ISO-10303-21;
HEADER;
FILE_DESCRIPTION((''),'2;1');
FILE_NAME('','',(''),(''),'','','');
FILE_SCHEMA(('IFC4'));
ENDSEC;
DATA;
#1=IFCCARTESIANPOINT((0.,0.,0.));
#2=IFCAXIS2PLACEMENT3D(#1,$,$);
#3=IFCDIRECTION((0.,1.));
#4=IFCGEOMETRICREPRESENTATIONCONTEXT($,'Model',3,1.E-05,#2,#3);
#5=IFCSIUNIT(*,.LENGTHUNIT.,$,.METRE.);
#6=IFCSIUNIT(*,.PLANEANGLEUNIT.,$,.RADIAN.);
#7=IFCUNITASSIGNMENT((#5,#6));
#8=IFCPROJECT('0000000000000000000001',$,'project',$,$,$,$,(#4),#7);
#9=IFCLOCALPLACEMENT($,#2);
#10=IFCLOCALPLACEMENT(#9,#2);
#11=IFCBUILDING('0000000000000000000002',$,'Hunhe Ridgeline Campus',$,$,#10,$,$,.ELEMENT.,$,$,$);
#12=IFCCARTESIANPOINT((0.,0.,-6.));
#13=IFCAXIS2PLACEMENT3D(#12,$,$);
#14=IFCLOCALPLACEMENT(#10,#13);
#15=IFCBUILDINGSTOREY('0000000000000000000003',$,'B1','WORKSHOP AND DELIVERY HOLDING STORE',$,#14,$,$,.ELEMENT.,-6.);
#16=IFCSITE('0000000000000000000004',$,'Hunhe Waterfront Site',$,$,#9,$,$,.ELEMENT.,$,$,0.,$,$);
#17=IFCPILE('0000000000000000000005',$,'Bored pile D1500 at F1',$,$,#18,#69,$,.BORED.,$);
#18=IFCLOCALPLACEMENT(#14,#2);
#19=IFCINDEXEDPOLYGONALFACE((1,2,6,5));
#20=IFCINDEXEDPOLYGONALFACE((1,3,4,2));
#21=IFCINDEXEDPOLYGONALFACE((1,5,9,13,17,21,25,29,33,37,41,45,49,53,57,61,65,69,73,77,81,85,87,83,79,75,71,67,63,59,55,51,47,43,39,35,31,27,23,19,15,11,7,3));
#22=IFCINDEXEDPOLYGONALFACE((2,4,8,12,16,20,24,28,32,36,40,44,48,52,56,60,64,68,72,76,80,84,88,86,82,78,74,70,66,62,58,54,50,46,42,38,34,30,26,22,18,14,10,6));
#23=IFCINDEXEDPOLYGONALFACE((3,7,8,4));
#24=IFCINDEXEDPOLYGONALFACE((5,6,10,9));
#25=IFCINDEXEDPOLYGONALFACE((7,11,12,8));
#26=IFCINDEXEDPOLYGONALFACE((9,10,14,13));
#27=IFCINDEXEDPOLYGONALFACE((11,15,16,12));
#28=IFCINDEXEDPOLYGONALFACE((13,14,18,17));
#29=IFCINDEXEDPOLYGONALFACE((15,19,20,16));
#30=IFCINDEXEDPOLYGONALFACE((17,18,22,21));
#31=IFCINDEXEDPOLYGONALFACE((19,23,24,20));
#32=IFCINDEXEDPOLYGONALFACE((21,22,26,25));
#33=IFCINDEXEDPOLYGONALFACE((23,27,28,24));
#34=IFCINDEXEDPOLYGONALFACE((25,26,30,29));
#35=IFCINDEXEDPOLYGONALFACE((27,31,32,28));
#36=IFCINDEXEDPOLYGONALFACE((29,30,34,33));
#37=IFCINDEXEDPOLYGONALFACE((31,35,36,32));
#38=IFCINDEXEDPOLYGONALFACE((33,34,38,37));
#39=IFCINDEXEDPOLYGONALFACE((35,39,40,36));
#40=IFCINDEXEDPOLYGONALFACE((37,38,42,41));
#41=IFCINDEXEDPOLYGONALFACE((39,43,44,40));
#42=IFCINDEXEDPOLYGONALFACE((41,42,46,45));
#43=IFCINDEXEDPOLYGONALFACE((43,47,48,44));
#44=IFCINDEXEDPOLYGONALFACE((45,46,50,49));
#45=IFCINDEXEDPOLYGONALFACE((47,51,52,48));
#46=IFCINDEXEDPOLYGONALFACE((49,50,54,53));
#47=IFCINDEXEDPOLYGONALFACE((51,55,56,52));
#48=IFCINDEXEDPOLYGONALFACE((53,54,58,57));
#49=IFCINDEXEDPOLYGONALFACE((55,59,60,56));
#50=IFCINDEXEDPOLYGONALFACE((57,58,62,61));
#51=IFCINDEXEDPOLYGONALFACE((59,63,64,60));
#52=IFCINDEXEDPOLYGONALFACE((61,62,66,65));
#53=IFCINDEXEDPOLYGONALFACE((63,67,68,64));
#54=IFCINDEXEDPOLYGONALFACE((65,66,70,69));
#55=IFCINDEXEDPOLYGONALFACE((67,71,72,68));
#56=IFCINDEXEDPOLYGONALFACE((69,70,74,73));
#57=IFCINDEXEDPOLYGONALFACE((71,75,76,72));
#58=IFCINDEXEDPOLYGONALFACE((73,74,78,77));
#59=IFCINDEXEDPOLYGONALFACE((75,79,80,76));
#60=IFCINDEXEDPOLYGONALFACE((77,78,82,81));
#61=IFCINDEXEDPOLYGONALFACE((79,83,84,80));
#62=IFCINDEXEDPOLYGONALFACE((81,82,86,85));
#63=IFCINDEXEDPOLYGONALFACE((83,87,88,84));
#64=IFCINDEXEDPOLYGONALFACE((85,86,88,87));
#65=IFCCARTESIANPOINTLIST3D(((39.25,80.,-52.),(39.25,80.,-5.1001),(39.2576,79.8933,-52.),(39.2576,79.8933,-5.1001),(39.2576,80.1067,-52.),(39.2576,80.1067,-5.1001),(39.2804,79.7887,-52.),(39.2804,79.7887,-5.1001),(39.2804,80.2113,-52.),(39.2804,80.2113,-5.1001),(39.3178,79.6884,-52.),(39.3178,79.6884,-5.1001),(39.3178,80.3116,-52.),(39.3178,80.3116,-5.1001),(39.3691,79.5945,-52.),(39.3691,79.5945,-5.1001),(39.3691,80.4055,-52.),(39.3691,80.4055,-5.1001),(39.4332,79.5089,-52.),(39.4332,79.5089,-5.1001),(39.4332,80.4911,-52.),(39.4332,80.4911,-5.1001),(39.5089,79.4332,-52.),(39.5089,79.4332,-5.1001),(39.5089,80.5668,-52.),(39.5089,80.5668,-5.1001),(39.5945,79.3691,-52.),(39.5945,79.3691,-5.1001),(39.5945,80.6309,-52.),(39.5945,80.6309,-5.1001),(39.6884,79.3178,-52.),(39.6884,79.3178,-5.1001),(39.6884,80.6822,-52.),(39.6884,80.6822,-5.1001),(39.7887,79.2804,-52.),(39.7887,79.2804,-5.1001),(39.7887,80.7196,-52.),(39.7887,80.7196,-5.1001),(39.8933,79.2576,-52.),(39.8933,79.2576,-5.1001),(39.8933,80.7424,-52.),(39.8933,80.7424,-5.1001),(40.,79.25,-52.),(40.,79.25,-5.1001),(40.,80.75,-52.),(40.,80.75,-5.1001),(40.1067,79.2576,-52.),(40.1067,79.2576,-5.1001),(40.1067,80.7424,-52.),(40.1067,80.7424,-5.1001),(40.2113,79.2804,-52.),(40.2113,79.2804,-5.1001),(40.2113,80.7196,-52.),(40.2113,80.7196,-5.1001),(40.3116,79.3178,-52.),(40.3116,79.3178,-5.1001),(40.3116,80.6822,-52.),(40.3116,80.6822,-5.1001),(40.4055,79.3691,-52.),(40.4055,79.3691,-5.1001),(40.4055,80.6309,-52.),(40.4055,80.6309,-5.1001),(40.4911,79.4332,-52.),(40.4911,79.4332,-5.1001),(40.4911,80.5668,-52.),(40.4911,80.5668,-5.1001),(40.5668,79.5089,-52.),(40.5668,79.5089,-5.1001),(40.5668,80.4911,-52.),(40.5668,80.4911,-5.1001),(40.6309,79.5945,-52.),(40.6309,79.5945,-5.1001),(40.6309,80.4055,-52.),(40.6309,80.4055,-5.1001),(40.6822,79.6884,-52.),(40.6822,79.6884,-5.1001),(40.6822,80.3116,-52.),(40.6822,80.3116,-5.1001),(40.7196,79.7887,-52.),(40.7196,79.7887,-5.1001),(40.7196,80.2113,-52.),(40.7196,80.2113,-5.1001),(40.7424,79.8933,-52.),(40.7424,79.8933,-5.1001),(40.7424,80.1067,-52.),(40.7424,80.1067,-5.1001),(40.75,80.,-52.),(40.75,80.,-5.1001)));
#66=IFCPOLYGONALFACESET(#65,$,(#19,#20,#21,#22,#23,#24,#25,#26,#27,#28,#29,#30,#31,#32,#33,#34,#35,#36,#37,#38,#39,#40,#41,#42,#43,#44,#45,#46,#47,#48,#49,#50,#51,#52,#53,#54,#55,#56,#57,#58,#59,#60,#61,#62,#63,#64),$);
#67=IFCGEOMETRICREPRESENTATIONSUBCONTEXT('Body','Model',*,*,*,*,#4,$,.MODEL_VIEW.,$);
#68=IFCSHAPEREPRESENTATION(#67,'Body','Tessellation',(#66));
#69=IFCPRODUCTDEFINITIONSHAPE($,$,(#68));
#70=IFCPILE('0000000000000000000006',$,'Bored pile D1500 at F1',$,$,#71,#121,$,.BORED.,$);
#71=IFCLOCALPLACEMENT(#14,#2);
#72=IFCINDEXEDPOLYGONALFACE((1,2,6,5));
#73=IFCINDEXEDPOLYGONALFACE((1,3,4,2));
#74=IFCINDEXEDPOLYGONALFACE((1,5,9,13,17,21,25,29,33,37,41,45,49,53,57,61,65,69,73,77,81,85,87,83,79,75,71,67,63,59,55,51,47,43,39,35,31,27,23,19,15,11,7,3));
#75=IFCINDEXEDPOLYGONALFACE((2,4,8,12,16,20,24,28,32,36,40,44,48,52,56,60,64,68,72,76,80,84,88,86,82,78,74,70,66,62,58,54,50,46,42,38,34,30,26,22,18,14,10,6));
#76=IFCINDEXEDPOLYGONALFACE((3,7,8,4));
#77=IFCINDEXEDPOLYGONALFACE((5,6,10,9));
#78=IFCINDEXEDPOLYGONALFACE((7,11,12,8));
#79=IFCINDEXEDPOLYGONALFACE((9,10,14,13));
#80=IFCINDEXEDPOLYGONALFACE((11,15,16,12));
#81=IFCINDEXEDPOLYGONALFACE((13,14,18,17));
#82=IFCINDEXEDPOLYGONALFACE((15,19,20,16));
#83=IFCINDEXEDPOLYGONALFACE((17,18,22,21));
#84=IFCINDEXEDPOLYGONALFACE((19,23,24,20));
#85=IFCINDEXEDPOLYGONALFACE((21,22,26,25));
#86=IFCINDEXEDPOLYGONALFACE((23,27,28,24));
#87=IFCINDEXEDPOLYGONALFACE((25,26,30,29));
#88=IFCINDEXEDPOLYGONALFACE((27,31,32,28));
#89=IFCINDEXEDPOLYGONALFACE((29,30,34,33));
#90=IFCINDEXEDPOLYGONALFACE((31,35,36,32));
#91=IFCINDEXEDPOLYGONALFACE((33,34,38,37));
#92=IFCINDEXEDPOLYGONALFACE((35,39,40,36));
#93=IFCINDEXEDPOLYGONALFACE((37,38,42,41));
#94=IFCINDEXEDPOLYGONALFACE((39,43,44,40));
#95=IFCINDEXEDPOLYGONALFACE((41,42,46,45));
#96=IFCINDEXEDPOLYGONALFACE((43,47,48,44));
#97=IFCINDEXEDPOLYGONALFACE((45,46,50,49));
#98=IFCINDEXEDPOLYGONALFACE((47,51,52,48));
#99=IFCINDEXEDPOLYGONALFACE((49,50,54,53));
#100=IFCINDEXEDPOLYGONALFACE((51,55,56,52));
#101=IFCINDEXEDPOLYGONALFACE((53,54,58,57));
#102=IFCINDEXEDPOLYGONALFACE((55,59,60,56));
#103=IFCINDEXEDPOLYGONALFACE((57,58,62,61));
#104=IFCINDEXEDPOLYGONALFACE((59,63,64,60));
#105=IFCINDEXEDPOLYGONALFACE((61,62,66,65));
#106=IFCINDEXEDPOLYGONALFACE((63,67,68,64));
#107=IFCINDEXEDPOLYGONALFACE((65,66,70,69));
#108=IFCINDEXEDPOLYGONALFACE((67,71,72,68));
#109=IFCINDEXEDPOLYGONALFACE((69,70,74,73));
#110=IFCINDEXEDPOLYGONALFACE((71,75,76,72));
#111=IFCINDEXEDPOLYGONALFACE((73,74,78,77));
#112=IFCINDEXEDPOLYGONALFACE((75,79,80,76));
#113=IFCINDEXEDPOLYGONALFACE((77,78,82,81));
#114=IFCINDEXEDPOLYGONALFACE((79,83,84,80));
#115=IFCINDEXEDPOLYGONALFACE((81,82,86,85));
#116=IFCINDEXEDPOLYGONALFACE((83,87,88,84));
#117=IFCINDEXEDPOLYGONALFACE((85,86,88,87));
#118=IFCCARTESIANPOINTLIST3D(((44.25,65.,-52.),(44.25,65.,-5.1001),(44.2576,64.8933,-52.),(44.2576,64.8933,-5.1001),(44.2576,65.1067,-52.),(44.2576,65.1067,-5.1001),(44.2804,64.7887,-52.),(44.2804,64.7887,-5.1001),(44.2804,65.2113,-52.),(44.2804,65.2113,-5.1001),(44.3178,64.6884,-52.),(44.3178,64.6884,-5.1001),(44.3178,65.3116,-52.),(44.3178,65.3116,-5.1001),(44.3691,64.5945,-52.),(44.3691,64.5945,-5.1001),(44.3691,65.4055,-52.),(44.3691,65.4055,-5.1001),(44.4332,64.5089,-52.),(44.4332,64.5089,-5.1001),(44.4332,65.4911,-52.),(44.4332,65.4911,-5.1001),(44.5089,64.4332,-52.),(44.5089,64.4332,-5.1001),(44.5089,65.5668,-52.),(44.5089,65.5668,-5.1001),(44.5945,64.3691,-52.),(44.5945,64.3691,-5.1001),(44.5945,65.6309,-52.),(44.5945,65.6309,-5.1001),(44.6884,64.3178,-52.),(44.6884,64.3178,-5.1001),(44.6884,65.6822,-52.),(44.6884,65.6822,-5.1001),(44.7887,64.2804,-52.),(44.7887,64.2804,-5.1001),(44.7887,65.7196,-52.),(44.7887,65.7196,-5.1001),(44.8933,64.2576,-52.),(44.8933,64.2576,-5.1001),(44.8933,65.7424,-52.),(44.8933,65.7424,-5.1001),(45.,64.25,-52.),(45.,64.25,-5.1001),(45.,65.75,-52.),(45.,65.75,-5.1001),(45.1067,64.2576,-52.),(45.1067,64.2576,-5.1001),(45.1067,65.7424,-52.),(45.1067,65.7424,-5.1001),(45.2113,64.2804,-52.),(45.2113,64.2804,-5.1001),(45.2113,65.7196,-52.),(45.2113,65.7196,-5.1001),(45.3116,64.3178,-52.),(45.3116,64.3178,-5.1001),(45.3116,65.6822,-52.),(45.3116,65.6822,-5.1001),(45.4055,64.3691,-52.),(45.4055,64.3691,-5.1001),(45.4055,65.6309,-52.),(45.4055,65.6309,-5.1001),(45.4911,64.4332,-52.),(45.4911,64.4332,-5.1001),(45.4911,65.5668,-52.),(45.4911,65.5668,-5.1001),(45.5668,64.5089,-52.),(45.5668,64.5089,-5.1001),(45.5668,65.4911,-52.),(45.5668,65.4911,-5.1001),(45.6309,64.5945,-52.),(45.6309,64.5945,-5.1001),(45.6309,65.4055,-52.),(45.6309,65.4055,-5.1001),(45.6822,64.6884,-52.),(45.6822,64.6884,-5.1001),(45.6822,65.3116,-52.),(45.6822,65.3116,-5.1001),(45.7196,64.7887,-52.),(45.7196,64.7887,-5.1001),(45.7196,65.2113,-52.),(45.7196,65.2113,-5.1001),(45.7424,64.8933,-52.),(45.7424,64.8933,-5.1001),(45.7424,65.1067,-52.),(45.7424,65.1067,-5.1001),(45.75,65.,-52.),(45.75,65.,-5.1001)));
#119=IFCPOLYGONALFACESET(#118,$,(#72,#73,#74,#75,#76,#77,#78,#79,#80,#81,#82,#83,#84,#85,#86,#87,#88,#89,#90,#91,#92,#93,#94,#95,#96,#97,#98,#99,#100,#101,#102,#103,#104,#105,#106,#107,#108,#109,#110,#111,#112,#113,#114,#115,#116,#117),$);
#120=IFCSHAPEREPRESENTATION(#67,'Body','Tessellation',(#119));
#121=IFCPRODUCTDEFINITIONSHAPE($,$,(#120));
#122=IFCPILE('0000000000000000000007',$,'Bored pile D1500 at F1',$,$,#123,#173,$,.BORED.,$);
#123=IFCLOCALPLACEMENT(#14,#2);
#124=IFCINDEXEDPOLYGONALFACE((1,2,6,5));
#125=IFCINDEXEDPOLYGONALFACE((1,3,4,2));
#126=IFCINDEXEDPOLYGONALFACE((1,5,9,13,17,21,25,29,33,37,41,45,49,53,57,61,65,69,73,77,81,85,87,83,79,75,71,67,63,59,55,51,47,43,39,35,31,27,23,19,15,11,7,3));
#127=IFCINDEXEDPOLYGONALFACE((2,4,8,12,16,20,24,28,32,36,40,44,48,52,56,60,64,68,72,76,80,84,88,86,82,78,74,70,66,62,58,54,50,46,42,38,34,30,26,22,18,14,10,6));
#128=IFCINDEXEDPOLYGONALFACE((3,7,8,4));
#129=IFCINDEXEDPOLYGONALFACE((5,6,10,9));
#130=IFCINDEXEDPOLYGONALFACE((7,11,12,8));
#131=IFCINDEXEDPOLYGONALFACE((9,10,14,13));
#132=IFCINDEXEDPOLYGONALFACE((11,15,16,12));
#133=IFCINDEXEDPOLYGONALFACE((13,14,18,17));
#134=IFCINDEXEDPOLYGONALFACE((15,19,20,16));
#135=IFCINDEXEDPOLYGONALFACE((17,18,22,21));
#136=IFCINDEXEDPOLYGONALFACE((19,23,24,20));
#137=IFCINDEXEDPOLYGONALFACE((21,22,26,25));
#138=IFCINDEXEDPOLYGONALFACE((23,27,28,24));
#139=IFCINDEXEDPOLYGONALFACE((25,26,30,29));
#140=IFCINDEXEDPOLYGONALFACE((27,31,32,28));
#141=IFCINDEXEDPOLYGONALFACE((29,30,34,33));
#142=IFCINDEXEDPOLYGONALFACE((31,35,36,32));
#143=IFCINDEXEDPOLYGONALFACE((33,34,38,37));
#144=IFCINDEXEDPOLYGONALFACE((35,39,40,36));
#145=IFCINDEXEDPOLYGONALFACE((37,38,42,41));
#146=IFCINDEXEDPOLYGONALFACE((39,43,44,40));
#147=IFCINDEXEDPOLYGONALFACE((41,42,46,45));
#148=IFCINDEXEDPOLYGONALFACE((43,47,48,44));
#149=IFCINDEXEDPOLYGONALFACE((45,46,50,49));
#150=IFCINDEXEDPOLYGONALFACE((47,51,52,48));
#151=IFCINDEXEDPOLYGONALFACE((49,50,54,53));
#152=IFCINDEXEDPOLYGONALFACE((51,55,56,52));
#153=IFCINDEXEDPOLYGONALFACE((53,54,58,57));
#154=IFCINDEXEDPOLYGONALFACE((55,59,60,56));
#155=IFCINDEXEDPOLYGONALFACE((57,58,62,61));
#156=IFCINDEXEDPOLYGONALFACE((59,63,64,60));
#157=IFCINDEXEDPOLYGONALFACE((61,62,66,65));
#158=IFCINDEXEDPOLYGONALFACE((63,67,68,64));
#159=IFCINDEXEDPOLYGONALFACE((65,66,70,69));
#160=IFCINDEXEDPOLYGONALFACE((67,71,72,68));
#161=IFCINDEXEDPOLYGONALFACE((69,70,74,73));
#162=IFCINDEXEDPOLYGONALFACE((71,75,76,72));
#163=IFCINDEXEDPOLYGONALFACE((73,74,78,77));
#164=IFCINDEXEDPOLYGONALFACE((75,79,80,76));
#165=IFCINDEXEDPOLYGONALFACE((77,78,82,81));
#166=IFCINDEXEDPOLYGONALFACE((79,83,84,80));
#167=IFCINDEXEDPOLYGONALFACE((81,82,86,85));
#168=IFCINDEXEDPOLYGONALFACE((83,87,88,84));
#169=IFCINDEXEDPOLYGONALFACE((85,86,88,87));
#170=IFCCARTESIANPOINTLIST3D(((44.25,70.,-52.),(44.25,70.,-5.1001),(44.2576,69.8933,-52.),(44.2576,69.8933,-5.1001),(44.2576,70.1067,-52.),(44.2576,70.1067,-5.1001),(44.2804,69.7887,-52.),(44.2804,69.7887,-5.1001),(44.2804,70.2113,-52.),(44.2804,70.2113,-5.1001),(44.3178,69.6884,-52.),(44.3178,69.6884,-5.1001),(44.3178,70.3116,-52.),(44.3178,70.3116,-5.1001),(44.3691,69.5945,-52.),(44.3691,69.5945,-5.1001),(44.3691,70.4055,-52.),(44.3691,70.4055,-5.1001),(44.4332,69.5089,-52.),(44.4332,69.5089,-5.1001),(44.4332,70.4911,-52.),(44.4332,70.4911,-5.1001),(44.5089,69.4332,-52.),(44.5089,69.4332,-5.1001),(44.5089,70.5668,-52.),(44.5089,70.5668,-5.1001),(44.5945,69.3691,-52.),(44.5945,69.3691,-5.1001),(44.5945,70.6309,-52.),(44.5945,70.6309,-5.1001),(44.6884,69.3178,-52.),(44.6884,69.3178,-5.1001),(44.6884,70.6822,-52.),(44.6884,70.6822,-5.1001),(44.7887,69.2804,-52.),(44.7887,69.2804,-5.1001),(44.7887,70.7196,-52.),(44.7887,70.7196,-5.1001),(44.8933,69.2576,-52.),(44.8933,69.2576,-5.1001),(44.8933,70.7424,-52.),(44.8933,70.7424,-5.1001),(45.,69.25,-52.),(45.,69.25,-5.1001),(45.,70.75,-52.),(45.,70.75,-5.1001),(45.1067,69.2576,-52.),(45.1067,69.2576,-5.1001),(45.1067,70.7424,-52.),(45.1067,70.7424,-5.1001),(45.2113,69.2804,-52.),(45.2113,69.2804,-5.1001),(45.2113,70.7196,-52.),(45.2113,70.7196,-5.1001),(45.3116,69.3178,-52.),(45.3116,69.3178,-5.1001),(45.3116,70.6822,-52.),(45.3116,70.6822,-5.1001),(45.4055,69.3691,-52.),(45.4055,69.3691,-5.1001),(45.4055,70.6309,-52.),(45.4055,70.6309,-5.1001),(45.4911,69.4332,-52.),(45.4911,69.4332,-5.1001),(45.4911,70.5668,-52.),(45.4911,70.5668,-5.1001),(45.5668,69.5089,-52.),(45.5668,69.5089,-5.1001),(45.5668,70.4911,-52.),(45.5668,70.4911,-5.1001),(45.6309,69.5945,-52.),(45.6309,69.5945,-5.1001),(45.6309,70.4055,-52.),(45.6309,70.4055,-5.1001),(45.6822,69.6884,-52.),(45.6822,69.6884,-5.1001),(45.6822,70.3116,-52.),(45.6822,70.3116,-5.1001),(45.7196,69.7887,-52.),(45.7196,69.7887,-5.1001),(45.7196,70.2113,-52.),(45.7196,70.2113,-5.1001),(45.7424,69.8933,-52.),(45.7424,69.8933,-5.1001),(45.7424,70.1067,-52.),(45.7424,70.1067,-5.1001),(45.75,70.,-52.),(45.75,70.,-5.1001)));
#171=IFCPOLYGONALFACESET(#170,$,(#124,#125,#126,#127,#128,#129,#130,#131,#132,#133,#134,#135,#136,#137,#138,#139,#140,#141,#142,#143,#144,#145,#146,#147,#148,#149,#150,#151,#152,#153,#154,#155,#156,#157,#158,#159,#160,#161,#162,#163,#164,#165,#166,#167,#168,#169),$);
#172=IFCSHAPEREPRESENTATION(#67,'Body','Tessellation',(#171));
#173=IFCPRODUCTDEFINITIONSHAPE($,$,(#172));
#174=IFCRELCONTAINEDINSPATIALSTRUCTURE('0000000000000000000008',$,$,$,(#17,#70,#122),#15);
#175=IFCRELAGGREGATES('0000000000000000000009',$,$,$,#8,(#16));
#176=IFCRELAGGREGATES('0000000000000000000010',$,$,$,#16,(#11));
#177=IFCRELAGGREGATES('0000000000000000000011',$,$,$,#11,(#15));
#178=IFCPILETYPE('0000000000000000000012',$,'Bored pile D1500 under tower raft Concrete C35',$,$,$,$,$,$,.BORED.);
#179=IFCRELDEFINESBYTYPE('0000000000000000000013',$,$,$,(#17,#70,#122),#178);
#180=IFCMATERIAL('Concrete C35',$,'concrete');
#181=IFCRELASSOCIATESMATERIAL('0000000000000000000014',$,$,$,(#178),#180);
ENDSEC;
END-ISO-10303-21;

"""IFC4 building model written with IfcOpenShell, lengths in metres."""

from ifc_helpers import new_model, si_unit, direction, frame, origin, origin_2d, place, context, subcontext, project, spatial, circle, extrude, material, material_profile, profile_set, type_object, element, save


model = new_model("IFC4")

# Units and contexts
model_context = context("Model", 3, precision=1e-05, world=origin(), true_north=direction((0.0, 1.0)))
body_context = subcontext(model_context, "Body", "Model", "MODEL_VIEW")
ifc_project = project(units=[si_unit("LENGTHUNIT", "METRE"), si_unit("PLANEANGLEUNIT", "RADIAN")], contexts=[model_context])

# Site, building, storey
site_placement = place(None, origin())
site = spatial("IfcSite", under=ifc_project, at=site_placement, Name="Hunhe Waterfront Site", CompositionType="ELEMENT", RefElevation=0.0)
building_placement = place(site_placement, origin())
building = spatial("IfcBuilding", under=site, at=building_placement, Name="Hunhe Ridgeline Campus", CompositionType="ELEMENT")
storey_placement = place(building_placement, frame((0.0, 0.0, -6.0)))
storey = spatial("IfcBuildingStorey", under=building, at=storey_placement, Name="B1", Description="WORKSHOP AND DELIVERY HOLDING STORE", CompositionType="ELEMENT", Elevation=-6.0)

# Piles
ifc_material_1 = material(Name="Concrete C35", Category="concrete")
ifc_material_profile_1 = material_profile(ifc_material_1, circle(Radius=0.75, at=origin_2d()))
ifc_profile_set_1 = profile_set([ifc_material_profile_1], Name="Concrete C35")
pile_type = type_object("IfcPileType", Name="Bored pile D1500 under tower raft Concrete C35", PredefinedType="BORED", material=ifc_profile_set_1)
for number, where, z_axis, x_axis, name in (
    (1, (40.0, 80.0, -5.1001), (0.0, 0.0, -1.0), (1.0, 0.0, 0.0), "Bored pile D1500 at F1"),
    (2, (45.0, 65.0, -5.1001), (0.0, 0.0, -1.0), (1.0, 0.0, 0.0), "Bored pile D1500 at F1"),
    (3, (45.0, 70.0, -5.1001), (0.0, 0.0, -1.0), (1.0, 0.0, 0.0), "Bored pile D1500 at F1"),
):
    element("IfcPile", number, at=place(storey_placement, frame(where, z_axis=z_axis, x_axis=x_axis)), inside=storey, type_object=pile_type, Name=name, PredefinedType="BORED", context=body_context, shape_type="SweptSolid", body=[
        extrude(circle(Radius=0.75, at=origin_2d()), origin(), (0.0, 0.0, 1.0), 46.8999),
    ])

save(model, "model.ifc")
